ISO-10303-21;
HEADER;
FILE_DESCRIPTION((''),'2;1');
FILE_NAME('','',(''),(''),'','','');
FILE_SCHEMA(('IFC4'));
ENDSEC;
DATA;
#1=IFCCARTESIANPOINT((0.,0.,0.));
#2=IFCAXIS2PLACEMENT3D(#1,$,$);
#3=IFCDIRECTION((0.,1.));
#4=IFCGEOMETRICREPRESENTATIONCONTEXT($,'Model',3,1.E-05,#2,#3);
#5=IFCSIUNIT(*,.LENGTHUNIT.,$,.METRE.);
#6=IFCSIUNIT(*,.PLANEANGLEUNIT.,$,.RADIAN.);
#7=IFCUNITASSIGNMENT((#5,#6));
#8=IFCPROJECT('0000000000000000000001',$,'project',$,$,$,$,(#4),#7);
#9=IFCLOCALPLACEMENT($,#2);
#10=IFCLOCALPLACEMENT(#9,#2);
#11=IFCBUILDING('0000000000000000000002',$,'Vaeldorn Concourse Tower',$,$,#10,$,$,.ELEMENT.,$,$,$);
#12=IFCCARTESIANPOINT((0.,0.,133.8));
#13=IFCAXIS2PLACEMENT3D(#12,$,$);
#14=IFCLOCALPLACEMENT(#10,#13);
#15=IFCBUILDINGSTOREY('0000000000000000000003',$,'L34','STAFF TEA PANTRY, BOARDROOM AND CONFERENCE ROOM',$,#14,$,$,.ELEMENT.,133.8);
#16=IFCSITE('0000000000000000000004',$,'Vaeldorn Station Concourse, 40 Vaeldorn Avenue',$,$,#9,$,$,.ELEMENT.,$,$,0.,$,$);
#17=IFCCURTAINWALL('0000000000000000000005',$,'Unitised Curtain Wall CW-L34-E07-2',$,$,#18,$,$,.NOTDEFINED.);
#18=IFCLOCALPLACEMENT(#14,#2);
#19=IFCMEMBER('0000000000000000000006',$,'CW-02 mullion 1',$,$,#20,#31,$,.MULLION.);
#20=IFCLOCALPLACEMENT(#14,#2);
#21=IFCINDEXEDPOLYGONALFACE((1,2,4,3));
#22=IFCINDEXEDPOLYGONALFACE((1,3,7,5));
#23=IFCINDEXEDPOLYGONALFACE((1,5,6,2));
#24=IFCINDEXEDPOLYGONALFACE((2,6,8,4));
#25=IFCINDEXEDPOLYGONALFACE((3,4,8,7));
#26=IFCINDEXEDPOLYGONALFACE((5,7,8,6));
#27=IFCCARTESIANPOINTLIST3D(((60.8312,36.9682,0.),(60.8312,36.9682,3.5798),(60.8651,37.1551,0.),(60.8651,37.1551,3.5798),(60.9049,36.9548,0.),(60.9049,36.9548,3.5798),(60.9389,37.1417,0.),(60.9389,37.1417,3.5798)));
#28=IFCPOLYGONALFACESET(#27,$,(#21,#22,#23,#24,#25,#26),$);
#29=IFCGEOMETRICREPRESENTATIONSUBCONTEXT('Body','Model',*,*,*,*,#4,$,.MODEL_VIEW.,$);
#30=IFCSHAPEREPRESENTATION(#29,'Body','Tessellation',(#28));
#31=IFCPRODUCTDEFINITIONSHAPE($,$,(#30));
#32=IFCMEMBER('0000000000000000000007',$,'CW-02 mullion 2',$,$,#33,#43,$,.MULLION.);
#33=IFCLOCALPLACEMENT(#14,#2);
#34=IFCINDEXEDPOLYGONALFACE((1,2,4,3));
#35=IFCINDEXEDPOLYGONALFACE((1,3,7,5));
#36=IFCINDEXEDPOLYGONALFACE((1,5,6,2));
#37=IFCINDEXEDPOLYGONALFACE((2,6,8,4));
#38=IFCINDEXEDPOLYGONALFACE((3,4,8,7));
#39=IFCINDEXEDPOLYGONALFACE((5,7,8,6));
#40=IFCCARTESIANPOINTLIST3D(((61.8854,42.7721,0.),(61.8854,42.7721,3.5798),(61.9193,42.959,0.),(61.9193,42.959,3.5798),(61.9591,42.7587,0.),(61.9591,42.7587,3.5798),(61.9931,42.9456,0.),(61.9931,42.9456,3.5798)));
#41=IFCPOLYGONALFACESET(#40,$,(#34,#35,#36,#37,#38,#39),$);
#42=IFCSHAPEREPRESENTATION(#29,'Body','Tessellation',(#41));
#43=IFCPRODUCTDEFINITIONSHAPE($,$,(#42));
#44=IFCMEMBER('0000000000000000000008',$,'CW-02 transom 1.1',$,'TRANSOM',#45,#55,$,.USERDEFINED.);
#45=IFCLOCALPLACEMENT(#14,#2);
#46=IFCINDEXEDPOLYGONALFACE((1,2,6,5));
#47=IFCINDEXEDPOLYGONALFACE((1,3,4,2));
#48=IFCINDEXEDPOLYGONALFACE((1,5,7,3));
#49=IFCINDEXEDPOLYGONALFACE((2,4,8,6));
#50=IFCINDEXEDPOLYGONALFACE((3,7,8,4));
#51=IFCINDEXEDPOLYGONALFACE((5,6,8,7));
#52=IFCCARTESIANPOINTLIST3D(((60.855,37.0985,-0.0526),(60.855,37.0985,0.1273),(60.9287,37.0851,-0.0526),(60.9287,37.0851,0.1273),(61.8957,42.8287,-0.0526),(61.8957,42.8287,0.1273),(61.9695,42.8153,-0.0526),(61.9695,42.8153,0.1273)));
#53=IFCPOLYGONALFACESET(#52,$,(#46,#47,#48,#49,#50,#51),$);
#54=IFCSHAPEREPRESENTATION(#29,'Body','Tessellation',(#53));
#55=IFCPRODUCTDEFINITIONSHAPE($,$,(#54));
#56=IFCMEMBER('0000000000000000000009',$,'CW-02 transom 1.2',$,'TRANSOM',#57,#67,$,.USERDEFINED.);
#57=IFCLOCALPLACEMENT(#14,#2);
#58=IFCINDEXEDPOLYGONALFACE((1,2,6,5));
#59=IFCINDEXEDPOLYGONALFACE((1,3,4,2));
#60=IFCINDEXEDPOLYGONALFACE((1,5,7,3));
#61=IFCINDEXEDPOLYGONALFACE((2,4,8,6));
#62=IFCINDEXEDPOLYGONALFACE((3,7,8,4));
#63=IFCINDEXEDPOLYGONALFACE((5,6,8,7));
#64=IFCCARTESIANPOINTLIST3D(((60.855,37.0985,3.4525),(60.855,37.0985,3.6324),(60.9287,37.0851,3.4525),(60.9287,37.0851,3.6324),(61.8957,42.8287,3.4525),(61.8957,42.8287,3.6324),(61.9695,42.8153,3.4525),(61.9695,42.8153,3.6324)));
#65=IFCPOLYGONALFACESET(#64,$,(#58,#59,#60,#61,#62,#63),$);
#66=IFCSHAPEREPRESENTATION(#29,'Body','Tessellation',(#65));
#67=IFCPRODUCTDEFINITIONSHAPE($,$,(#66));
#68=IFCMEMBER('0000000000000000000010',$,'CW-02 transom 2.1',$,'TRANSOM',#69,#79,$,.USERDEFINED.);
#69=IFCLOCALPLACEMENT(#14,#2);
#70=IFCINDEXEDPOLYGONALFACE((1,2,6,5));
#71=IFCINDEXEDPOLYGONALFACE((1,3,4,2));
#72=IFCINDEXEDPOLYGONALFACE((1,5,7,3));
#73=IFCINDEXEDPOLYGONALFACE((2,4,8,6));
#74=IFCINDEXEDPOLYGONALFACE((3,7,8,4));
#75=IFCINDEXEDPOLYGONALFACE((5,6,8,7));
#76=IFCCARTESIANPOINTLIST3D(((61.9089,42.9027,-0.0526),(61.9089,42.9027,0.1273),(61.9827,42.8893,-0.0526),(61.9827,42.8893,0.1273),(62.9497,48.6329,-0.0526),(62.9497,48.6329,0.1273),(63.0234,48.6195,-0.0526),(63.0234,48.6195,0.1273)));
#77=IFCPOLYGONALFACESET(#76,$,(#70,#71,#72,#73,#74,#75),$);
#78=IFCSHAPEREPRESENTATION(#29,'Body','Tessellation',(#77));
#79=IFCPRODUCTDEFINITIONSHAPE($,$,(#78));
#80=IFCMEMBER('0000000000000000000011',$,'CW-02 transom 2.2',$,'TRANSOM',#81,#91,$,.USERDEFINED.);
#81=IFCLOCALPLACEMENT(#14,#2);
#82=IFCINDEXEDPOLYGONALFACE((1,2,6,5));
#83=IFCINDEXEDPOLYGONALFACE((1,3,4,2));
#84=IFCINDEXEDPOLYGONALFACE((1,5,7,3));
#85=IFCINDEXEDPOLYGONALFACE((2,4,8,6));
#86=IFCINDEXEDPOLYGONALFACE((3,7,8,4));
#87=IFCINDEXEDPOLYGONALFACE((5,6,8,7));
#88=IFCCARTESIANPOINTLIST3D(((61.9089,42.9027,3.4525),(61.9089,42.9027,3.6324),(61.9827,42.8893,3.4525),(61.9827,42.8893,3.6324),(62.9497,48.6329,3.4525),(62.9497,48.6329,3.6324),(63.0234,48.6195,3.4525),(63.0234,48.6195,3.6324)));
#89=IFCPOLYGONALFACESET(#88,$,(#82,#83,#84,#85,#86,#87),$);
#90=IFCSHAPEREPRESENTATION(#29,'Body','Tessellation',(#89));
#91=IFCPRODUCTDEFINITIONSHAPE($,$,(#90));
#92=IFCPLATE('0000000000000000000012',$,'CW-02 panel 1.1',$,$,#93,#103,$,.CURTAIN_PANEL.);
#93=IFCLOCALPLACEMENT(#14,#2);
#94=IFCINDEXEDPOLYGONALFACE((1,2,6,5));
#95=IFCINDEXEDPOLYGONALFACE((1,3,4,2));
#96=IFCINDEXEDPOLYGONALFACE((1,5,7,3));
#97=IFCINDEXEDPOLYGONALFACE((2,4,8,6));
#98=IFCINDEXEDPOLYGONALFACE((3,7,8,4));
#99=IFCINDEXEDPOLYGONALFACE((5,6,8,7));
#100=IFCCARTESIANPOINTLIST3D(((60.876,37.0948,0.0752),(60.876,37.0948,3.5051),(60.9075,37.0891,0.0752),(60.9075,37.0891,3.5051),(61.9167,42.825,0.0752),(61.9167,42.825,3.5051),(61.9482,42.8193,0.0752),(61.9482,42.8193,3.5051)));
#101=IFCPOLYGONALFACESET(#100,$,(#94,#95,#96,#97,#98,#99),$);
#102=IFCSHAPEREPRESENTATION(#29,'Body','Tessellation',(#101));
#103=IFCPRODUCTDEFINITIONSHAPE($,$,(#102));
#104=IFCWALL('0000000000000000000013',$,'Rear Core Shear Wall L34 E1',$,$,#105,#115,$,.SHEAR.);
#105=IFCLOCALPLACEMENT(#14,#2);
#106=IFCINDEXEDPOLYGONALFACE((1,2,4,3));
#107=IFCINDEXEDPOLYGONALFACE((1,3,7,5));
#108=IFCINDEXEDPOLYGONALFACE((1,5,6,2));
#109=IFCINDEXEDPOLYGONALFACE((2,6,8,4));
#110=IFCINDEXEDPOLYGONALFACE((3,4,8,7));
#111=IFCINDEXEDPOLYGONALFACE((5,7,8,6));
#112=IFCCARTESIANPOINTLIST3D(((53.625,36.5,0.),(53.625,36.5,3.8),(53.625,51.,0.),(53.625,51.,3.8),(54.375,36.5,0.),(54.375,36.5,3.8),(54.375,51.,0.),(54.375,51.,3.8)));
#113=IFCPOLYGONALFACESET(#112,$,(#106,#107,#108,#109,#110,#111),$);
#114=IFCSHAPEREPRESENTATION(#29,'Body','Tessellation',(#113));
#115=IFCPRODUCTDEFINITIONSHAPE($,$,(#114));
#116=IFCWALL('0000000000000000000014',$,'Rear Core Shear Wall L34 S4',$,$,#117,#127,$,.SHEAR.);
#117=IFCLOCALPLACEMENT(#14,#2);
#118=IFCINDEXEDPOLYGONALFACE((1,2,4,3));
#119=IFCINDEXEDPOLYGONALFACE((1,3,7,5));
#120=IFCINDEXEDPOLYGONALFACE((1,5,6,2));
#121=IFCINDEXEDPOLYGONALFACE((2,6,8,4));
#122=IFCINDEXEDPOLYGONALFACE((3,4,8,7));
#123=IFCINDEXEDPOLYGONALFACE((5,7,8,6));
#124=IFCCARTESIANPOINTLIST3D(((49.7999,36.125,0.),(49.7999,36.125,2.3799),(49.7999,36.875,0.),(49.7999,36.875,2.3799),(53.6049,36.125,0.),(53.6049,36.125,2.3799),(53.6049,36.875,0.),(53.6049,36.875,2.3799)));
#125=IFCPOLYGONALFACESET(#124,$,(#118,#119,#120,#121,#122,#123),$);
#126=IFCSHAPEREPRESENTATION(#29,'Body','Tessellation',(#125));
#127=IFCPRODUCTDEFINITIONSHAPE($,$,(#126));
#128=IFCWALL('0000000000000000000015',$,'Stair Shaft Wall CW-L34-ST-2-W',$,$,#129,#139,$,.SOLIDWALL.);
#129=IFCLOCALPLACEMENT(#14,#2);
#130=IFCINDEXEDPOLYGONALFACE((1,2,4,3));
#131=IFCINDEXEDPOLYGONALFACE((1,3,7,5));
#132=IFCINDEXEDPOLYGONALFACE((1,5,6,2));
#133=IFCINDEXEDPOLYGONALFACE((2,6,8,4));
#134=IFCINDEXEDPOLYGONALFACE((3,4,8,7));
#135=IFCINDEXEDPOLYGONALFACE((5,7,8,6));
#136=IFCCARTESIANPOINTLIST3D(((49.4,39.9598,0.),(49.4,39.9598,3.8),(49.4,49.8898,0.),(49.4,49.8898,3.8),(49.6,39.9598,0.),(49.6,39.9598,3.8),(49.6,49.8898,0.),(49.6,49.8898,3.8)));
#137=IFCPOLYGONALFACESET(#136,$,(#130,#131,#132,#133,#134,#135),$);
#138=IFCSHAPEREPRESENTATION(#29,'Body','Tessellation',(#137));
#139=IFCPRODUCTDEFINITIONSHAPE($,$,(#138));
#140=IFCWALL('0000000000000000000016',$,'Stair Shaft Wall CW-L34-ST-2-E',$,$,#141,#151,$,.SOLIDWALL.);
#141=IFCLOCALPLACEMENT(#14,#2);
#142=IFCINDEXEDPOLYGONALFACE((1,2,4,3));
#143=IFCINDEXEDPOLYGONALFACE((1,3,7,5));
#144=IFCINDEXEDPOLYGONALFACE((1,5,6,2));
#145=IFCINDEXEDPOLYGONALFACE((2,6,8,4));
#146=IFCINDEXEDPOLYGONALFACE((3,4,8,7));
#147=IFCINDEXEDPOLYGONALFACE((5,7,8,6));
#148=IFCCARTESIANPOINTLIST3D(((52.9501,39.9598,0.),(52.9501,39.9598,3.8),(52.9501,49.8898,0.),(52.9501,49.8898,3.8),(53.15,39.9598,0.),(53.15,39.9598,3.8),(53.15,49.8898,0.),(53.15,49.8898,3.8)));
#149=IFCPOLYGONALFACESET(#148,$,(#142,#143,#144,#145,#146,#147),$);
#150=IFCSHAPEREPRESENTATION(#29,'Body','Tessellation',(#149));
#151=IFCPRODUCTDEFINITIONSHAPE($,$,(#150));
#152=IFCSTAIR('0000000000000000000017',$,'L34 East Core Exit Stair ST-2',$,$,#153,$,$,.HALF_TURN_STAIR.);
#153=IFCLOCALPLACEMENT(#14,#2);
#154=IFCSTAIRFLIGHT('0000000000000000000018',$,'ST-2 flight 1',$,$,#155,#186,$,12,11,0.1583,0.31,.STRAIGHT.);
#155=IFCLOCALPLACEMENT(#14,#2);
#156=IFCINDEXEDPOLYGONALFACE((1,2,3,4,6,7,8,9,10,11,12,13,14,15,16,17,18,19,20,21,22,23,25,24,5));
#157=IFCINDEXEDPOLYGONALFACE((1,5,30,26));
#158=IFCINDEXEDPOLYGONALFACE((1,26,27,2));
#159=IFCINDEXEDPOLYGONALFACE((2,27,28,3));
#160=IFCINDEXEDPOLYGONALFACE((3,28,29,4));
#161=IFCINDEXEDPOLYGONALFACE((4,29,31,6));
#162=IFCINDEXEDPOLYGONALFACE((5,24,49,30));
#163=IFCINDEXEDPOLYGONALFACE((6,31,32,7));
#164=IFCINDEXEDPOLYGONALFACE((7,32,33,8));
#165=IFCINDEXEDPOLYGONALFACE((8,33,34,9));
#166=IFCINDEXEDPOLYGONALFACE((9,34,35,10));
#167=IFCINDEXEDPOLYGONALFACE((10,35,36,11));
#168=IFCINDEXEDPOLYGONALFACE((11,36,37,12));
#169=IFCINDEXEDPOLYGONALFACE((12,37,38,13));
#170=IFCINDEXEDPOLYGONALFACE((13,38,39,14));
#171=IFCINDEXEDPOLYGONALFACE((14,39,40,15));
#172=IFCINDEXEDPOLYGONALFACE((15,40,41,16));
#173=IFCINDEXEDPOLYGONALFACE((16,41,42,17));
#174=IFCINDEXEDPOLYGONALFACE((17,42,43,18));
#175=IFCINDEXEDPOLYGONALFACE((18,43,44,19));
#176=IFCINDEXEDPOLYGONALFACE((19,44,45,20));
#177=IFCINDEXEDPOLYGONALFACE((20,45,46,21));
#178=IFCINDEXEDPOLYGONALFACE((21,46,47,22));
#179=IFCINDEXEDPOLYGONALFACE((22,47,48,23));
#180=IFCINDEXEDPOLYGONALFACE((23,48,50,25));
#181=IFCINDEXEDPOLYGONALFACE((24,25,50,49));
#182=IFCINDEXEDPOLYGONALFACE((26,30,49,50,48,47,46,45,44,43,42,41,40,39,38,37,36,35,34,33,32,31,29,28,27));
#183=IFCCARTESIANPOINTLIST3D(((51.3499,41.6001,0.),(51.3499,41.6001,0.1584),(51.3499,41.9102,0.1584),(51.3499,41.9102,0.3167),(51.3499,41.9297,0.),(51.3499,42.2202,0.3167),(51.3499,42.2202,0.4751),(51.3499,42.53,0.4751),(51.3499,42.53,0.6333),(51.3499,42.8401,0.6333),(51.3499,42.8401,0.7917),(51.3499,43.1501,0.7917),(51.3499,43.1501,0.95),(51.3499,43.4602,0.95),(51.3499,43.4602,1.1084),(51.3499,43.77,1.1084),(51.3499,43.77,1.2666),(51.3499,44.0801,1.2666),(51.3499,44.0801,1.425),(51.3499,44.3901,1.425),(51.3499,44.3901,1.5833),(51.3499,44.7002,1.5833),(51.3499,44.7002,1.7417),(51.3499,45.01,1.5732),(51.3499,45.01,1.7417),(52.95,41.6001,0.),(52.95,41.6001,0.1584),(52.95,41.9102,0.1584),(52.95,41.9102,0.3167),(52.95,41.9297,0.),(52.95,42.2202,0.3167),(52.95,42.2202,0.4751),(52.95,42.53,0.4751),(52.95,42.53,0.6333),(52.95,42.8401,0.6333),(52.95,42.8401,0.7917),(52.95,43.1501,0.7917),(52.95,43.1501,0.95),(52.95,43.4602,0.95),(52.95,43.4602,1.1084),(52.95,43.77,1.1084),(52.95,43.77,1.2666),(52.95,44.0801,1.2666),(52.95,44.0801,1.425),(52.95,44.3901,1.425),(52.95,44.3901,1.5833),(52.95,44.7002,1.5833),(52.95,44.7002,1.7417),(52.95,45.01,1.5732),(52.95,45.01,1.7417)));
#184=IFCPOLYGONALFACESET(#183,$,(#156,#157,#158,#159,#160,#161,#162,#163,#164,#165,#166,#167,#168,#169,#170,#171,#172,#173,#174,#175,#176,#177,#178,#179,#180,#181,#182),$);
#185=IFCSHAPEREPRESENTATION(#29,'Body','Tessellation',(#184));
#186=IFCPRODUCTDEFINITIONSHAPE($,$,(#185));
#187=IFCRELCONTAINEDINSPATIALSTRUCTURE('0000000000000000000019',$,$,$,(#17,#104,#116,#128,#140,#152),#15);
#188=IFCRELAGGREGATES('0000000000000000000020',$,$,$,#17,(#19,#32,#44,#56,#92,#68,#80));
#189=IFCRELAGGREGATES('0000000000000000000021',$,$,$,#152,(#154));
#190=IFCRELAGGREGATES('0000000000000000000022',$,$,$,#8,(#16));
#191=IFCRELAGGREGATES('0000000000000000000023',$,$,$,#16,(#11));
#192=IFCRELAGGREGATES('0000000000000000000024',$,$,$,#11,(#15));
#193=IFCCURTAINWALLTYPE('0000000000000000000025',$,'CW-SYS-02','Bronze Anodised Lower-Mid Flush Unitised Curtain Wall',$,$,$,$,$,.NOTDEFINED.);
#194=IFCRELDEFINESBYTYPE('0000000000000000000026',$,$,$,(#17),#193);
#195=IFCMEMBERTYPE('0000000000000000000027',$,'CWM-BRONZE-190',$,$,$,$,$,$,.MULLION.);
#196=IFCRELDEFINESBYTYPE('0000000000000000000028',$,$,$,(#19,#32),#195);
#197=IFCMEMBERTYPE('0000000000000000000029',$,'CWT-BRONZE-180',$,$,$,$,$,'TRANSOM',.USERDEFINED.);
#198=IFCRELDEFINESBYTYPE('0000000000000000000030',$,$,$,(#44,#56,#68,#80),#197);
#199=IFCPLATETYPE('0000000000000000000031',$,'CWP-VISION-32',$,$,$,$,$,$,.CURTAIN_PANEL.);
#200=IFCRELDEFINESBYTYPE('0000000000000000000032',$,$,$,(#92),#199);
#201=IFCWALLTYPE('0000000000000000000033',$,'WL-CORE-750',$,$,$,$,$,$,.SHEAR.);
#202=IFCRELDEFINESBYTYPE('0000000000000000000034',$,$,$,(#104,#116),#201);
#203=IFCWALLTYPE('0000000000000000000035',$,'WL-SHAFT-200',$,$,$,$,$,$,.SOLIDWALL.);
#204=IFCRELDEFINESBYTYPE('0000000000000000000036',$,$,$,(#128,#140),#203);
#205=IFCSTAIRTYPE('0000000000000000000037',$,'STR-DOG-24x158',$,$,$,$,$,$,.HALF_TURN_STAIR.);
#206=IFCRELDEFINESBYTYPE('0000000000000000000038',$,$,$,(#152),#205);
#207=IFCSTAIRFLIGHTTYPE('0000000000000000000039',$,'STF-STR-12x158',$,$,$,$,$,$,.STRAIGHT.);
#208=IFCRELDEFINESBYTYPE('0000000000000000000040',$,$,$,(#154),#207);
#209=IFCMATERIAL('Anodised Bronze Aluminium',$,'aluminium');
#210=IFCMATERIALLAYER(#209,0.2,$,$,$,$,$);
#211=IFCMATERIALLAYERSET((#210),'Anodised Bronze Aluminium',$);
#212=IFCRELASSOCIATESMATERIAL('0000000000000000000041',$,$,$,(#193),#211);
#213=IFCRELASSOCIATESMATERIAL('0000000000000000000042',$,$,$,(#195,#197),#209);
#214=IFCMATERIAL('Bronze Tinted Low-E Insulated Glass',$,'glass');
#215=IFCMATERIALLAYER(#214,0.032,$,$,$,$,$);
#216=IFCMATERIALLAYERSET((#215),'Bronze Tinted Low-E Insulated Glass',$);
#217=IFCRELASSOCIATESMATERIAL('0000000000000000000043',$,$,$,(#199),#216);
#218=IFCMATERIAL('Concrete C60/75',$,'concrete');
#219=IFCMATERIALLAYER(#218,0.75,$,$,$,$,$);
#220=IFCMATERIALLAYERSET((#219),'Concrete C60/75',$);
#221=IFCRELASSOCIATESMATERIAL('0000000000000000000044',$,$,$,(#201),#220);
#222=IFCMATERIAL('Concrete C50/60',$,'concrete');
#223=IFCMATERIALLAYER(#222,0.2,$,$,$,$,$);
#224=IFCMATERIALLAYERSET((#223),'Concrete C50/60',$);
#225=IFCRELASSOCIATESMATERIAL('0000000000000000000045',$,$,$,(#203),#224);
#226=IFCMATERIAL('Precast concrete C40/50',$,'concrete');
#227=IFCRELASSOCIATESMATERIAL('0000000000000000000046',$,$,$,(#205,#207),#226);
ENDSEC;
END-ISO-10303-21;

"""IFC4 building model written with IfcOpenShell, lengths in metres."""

from ifc_helpers import new_model, si_unit, direction, frame, frame_2d, origin, origin_2d, place, context, subcontext, project, spatial, polyline, rectangle, outline, extrude, source, transform, mapped, material, layer, layer_set, material_profile, profile_set, type_object, element, aggregate, save


model = new_model("IFC4")

# Units and contexts
model_context = context("Model", 3, precision=1e-05, world=origin(), true_north=direction((0.0, 1.0)))
body_context = subcontext(model_context, "Body", "Model", "MODEL_VIEW")
ifc_project = project(units=[si_unit("LENGTHUNIT", "METRE"), si_unit("PLANEANGLEUNIT", "RADIAN")], contexts=[model_context])

# Site, building, storey
site_placement = place(None, origin())
site = spatial("IfcSite", under=ifc_project, at=site_placement, Name="Vaeldorn Station Concourse, 40 Vaeldorn Avenue", CompositionType="ELEMENT", RefElevation=0.0)
building_placement = place(site_placement, origin())
building = spatial("IfcBuilding", under=site, at=building_placement, Name="Vaeldorn Concourse Tower", CompositionType="ELEMENT")
storey_placement = place(building_placement, frame((0.0, 0.0, 133.8)))
storey = spatial("IfcBuildingStorey", under=building, at=storey_placement, Name="L34", Description="STAFF TEA PANTRY, BOARDROOM AND CONFERENCE ROOM", CompositionType="ELEMENT", Elevation=133.8)

# Shared definitions
ifc_material_1 = material(Name="Concrete C50/60", Category="concrete")

# Curtain wall, members, plate
ifc_material_2 = material(Name="Anodised Bronze Aluminium", Category="aluminium")
ifc_layer_1 = layer(ifc_material_2, 0.2)
ifc_layer_set_1 = layer_set([ifc_layer_1], Name="Anodised Bronze Aluminium")
curtain_wall_type = type_object("IfcCurtainWallType", Name="CW-SYS-02", Description="Bronze Anodised Lower-Mid Flush Unitised Curtain Wall", PredefinedType="NOTDEFINED", material=ifc_layer_set_1)
curtain_wall_placement = place(storey_placement, origin())
curtain_wall = element("IfcCurtainWall", 1, at=curtain_wall_placement, inside=storey, type_object=curtain_wall_type, Name="Unitised Curtain Wall CW-L34-E07-2", PredefinedType="NOTDEFINED")
ifc_material_profile_1 = material_profile(ifc_material_2, rectangle(XDim=0.075, YDim=0.1899, at=origin_2d()), Name="CWM 75x190")
ifc_profile_set_1 = profile_set([ifc_material_profile_1], Name="Anodised Bronze Aluminium")
member_type_1 = type_object("IfcMemberType", Name="CWM-BRONZE-190", PredefinedType="MULLION", material=ifc_profile_set_1)
shared_shape_1 = source(origin(), body_context, "Body", "SweptSolid", [
    extrude(rectangle(XDim=0.075, YDim=0.1899, at=origin_2d()), origin(), (0.0, 0.0, 1.0), 3.5798),
])
member_1_placement = place(storey_placement, frame((60.885, 37.0549, 0.0), z_axis=(0.0, 0.0, 1.0), x_axis=(-0.983905, 0.17869, 0.0)))
member_1 = element("IfcMember", 2, at=member_1_placement, type_object=member_type_1, Name="CW-02 mullion 1", PredefinedType="MULLION", context=body_context, shape_type="MappedRepresentation", body=[
    mapped(shared_shape_1, transform((0.0, 0.0, 0.0), scale=1.0)),
])
member_2_placement = place(storey_placement, frame((61.9392, 42.8589, 0.0), z_axis=(0.0, 0.0, 1.0), x_axis=(-0.983905, 0.17869, 0.0)))
member_2 = element("IfcMember", 3, at=member_2_placement, type_object=member_type_1, Name="CW-02 mullion 2", PredefinedType="MULLION", context=body_context, shape_type="MappedRepresentation", body=[
    mapped(shared_shape_1, transform((0.0, 0.0, 0.0), scale=1.0)),
])
ifc_material_profile_2 = material_profile(ifc_material_2, rectangle(XDim=0.075, YDim=0.1799, at=origin_2d()), Name="CWT 75x180")
ifc_profile_set_2 = profile_set([ifc_material_profile_2], Name="Anodised Bronze Aluminium")
member_type_2 = type_object("IfcMemberType", Name="CWT-BRONZE-180", ElementType="TRANSOM", PredefinedType="USERDEFINED", material=ifc_profile_set_2)
shared_shape_2 = source(origin(), body_context, "Body", "SweptSolid", [
    extrude(rectangle(XDim=0.075, YDim=0.1799, at=origin_2d()), origin(), (0.0, 0.0, 1.0), 5.824),
])
member_3_placement = place(storey_placement, frame((60.8918, 37.0918, 0.0374), z_axis=(0.178705, 0.983903, 0.0), x_axis=(-0.983903, 0.178705, 0.0)))
member_3 = element("IfcMember", 4, at=member_3_placement, type_object=member_type_2, Name="CW-02 transom 1.1", ObjectType="TRANSOM", PredefinedType="USERDEFINED", context=body_context, shape_type="MappedRepresentation", body=[
    mapped(shared_shape_2, transform((0.0, 0.0, 0.0), scale=1.0)),
])
member_4_placement = place(storey_placement, frame((60.8918, 37.0918, 3.5425), z_axis=(0.178705, 0.983903, 0.0), x_axis=(-0.983903, 0.178705, 0.0)))
member_4 = element("IfcMember", 5, at=member_4_placement, type_object=member_type_2, Name="CW-02 transom 1.2", ObjectType="TRANSOM", PredefinedType="USERDEFINED", context=body_context, shape_type="MappedRepresentation", body=[
    mapped(shared_shape_2, transform((0.0, 0.0, 0.0), scale=1.0)),
])
member_5_placement = place(storey_placement, frame((61.9458, 42.896, 0.0374), z_axis=(0.178705, 0.983903, 0.0), x_axis=(-0.983903, 0.178705, 0.0)))
member_5 = element("IfcMember", 6, at=member_5_placement, type_object=member_type_2, Name="CW-02 transom 2.1", ObjectType="TRANSOM", PredefinedType="USERDEFINED", context=body_context, shape_type="MappedRepresentation", body=[
    mapped(shared_shape_2, transform((0.0, 0.0, 0.0), scale=1.0)),
])
member_6_placement = place(storey_placement, frame((61.9458, 42.896, 3.5425), z_axis=(0.178705, 0.983903, 0.0), x_axis=(-0.983903, 0.178705, 0.0)))
member_6 = element("IfcMember", 7, at=member_6_placement, type_object=member_type_2, Name="CW-02 transom 2.2", ObjectType="TRANSOM", PredefinedType="USERDEFINED", context=body_context, shape_type="MappedRepresentation", body=[
    mapped(shared_shape_2, transform((0.0, 0.0, 0.0), scale=1.0)),
])
ifc_material_3 = material(Name="Bronze Tinted Low-E Insulated Glass", Category="glass")
ifc_layer_2 = layer(ifc_material_3, 0.032)
ifc_layer_set_2 = layer_set([ifc_layer_2], Name="Bronze Tinted Low-E Insulated Glass")
plate_type = type_object("IfcPlateType", Name="CWP-VISION-32", PredefinedType="CURTAIN_PANEL", material=ifc_layer_set_2)
shared_shape_3 = source(origin(), body_context, "Body", "SweptSolid", [
    extrude(rectangle(XDim=5.824, YDim=0.032, at=origin_2d()), origin(), (0.0, 0.0, 1.0), 3.4299),
])
plate_placement = place(storey_placement, frame((61.4121, 39.957, 0.0752), z_axis=(0.0, 0.0, 1.0), x_axis=(0.17869, 0.983905, 0.0)))
plate = element("IfcPlate", 8, at=plate_placement, type_object=plate_type, Name="CW-02 panel 1.1", PredefinedType="CURTAIN_PANEL", context=body_context, shape_type="MappedRepresentation", body=[
    mapped(shared_shape_3, transform((0.0, 0.0, 0.0), scale=1.0)),
])
aggregate(curtain_wall, [member_1, member_2, member_3, member_4, plate, member_5, member_6])

# Walls
ifc_material_4 = material(Name="Concrete C60/75", Category="concrete")
ifc_layer_3 = layer(ifc_material_4, 0.75)
ifc_layer_set_3 = layer_set([ifc_layer_3], Name="Concrete C60/75")
wall_type_1 = type_object("IfcWallType", Name="WL-CORE-750", PredefinedType="SHEAR", material=ifc_layer_set_3)
wall_1_placement = place(storey_placement, frame((54.0, 36.5, 0.0), z_axis=(0.0, 0.0, 1.0), x_axis=(0.0, 1.0, 0.0)))
element("IfcWall", 9, at=wall_1_placement, inside=storey, type_object=wall_type_1, Name="Rear Core Shear Wall L34 E1", PredefinedType="SHEAR", context=body_context, shape_type="SweptSolid", body=[
    extrude(rectangle(XDim=14.5, YDim=0.75, at=frame_2d((7.25, 0.0))), origin(), (0.0, 0.0, 1.0), 3.8),
])
wall_2_placement = place(storey_placement, frame((49.8, 36.5, 0.0), z_axis=(0.0, 0.0, 1.0), x_axis=(1.0, 0.0, 0.0)))
element("IfcWall", 10, at=wall_2_placement, inside=storey, type_object=wall_type_1, Name="Rear Core Shear Wall L34 S4", PredefinedType="SHEAR", context=body_context, shape_type="SweptSolid", body=[
    extrude(rectangle(XDim=3.8049, YDim=0.75, at=frame_2d((1.9023, 0.0))), origin(), (0.0, 0.0, 1.0), 2.3799),
])
ifc_layer_4 = layer(ifc_material_1, 0.2)
ifc_layer_set_4 = layer_set([ifc_layer_4], Name="Concrete C50/60")
wall_type_2 = type_object("IfcWallType", Name="WL-SHAFT-200", PredefinedType="SOLIDWALL", material=ifc_layer_set_4)
for number, where, z_axis, x_axis, name in (
    (11, (49.5, 39.96, 0.0), (0.0, 0.0, 1.0), (0.0, 1.0, 0.0), "Stair Shaft Wall CW-L34-ST-2-W"),
    (12, (53.05, 39.96, 0.0), (0.0, 0.0, 1.0), (0.0, 1.0, 0.0), "Stair Shaft Wall CW-L34-ST-2-E"),
):
    element("IfcWall", number, at=place(storey_placement, frame(where, z_axis=z_axis, x_axis=x_axis)), inside=storey, type_object=wall_type_2, Name=name, PredefinedType="SOLIDWALL", context=body_context, shape_type="SweptSolid", body=[
        extrude(rectangle(XDim=9.9299, YDim=0.2, at=frame_2d((4.9648, 0.0))), origin(), (0.0, 0.0, 1.0), 3.8),
    ])

# Stair, stair flight
ifc_material_5 = material(Name="Precast concrete C40/50", Category="concrete")
stair_type = type_object("IfcStairType", Name="STR-DOG-24x158", PredefinedType="HALF_TURN_STAIR", material=ifc_material_5)
stair_placement = place(storey_placement, origin())
stair = element("IfcStair", 13, at=stair_placement, inside=storey, type_object=stair_type, Name="L34 East Core Exit Stair ST-2", PredefinedType="HALF_TURN_STAIR")
stair_flight_type = type_object("IfcStairFlightType", Name="STF-STR-12x158", PredefinedType="STRAIGHT", material=ifc_material_5)
stair_flight_placement = place(storey_placement, frame((52.1499, 41.6001, 0.0), z_axis=(0.0, 0.0, 1.0), x_axis=(0.0, 1.0, 0.0)))
stair_flight = element("IfcStairFlight", 14, at=stair_flight_placement, type_object=stair_flight_type, Name="ST-2 flight 1", NumberOfRisers=12, NumberOfTreads=11, PredefinedType="STRAIGHT", RiserHeight=0.1583, TreadLength=0.31, context=body_context, shape_type="SweptSolid", body=[
    extrude(outline(polyline([(0.0, 0.0), (0.0, 0.1584), (0.3101, 0.1584), (0.3101, 0.3167), (0.6201, 0.3167), (0.6201, 0.4751), (0.9299, 0.4751), (0.9299, 0.6333), (1.24, 0.6333), (1.24, 0.7917), (1.55, 0.7917), (1.55, 0.95), (1.8601, 0.95), (1.8601, 1.1084), (2.1699, 1.1084), (2.1699, 1.2666), (2.48, 1.2666), (2.48, 1.425), (2.79, 1.425), (2.79, 1.5833), (3.1001, 1.5833), (3.1001, 1.7417), (3.4099, 1.7417), (3.4099, 1.8999), (3.4099, 1.5732), (0.3296, 0.0), (0.0, 0.0)])), frame((0.0, 0.8, 0.0), z_axis=(0.0, -1.0, 0.0), x_axis=(1.0, 0.0, 0.0)), (0.0, 0.0, 1.0), 1.6001),
])
aggregate(stair, [stair_flight])

save(model, "model.ifc")
